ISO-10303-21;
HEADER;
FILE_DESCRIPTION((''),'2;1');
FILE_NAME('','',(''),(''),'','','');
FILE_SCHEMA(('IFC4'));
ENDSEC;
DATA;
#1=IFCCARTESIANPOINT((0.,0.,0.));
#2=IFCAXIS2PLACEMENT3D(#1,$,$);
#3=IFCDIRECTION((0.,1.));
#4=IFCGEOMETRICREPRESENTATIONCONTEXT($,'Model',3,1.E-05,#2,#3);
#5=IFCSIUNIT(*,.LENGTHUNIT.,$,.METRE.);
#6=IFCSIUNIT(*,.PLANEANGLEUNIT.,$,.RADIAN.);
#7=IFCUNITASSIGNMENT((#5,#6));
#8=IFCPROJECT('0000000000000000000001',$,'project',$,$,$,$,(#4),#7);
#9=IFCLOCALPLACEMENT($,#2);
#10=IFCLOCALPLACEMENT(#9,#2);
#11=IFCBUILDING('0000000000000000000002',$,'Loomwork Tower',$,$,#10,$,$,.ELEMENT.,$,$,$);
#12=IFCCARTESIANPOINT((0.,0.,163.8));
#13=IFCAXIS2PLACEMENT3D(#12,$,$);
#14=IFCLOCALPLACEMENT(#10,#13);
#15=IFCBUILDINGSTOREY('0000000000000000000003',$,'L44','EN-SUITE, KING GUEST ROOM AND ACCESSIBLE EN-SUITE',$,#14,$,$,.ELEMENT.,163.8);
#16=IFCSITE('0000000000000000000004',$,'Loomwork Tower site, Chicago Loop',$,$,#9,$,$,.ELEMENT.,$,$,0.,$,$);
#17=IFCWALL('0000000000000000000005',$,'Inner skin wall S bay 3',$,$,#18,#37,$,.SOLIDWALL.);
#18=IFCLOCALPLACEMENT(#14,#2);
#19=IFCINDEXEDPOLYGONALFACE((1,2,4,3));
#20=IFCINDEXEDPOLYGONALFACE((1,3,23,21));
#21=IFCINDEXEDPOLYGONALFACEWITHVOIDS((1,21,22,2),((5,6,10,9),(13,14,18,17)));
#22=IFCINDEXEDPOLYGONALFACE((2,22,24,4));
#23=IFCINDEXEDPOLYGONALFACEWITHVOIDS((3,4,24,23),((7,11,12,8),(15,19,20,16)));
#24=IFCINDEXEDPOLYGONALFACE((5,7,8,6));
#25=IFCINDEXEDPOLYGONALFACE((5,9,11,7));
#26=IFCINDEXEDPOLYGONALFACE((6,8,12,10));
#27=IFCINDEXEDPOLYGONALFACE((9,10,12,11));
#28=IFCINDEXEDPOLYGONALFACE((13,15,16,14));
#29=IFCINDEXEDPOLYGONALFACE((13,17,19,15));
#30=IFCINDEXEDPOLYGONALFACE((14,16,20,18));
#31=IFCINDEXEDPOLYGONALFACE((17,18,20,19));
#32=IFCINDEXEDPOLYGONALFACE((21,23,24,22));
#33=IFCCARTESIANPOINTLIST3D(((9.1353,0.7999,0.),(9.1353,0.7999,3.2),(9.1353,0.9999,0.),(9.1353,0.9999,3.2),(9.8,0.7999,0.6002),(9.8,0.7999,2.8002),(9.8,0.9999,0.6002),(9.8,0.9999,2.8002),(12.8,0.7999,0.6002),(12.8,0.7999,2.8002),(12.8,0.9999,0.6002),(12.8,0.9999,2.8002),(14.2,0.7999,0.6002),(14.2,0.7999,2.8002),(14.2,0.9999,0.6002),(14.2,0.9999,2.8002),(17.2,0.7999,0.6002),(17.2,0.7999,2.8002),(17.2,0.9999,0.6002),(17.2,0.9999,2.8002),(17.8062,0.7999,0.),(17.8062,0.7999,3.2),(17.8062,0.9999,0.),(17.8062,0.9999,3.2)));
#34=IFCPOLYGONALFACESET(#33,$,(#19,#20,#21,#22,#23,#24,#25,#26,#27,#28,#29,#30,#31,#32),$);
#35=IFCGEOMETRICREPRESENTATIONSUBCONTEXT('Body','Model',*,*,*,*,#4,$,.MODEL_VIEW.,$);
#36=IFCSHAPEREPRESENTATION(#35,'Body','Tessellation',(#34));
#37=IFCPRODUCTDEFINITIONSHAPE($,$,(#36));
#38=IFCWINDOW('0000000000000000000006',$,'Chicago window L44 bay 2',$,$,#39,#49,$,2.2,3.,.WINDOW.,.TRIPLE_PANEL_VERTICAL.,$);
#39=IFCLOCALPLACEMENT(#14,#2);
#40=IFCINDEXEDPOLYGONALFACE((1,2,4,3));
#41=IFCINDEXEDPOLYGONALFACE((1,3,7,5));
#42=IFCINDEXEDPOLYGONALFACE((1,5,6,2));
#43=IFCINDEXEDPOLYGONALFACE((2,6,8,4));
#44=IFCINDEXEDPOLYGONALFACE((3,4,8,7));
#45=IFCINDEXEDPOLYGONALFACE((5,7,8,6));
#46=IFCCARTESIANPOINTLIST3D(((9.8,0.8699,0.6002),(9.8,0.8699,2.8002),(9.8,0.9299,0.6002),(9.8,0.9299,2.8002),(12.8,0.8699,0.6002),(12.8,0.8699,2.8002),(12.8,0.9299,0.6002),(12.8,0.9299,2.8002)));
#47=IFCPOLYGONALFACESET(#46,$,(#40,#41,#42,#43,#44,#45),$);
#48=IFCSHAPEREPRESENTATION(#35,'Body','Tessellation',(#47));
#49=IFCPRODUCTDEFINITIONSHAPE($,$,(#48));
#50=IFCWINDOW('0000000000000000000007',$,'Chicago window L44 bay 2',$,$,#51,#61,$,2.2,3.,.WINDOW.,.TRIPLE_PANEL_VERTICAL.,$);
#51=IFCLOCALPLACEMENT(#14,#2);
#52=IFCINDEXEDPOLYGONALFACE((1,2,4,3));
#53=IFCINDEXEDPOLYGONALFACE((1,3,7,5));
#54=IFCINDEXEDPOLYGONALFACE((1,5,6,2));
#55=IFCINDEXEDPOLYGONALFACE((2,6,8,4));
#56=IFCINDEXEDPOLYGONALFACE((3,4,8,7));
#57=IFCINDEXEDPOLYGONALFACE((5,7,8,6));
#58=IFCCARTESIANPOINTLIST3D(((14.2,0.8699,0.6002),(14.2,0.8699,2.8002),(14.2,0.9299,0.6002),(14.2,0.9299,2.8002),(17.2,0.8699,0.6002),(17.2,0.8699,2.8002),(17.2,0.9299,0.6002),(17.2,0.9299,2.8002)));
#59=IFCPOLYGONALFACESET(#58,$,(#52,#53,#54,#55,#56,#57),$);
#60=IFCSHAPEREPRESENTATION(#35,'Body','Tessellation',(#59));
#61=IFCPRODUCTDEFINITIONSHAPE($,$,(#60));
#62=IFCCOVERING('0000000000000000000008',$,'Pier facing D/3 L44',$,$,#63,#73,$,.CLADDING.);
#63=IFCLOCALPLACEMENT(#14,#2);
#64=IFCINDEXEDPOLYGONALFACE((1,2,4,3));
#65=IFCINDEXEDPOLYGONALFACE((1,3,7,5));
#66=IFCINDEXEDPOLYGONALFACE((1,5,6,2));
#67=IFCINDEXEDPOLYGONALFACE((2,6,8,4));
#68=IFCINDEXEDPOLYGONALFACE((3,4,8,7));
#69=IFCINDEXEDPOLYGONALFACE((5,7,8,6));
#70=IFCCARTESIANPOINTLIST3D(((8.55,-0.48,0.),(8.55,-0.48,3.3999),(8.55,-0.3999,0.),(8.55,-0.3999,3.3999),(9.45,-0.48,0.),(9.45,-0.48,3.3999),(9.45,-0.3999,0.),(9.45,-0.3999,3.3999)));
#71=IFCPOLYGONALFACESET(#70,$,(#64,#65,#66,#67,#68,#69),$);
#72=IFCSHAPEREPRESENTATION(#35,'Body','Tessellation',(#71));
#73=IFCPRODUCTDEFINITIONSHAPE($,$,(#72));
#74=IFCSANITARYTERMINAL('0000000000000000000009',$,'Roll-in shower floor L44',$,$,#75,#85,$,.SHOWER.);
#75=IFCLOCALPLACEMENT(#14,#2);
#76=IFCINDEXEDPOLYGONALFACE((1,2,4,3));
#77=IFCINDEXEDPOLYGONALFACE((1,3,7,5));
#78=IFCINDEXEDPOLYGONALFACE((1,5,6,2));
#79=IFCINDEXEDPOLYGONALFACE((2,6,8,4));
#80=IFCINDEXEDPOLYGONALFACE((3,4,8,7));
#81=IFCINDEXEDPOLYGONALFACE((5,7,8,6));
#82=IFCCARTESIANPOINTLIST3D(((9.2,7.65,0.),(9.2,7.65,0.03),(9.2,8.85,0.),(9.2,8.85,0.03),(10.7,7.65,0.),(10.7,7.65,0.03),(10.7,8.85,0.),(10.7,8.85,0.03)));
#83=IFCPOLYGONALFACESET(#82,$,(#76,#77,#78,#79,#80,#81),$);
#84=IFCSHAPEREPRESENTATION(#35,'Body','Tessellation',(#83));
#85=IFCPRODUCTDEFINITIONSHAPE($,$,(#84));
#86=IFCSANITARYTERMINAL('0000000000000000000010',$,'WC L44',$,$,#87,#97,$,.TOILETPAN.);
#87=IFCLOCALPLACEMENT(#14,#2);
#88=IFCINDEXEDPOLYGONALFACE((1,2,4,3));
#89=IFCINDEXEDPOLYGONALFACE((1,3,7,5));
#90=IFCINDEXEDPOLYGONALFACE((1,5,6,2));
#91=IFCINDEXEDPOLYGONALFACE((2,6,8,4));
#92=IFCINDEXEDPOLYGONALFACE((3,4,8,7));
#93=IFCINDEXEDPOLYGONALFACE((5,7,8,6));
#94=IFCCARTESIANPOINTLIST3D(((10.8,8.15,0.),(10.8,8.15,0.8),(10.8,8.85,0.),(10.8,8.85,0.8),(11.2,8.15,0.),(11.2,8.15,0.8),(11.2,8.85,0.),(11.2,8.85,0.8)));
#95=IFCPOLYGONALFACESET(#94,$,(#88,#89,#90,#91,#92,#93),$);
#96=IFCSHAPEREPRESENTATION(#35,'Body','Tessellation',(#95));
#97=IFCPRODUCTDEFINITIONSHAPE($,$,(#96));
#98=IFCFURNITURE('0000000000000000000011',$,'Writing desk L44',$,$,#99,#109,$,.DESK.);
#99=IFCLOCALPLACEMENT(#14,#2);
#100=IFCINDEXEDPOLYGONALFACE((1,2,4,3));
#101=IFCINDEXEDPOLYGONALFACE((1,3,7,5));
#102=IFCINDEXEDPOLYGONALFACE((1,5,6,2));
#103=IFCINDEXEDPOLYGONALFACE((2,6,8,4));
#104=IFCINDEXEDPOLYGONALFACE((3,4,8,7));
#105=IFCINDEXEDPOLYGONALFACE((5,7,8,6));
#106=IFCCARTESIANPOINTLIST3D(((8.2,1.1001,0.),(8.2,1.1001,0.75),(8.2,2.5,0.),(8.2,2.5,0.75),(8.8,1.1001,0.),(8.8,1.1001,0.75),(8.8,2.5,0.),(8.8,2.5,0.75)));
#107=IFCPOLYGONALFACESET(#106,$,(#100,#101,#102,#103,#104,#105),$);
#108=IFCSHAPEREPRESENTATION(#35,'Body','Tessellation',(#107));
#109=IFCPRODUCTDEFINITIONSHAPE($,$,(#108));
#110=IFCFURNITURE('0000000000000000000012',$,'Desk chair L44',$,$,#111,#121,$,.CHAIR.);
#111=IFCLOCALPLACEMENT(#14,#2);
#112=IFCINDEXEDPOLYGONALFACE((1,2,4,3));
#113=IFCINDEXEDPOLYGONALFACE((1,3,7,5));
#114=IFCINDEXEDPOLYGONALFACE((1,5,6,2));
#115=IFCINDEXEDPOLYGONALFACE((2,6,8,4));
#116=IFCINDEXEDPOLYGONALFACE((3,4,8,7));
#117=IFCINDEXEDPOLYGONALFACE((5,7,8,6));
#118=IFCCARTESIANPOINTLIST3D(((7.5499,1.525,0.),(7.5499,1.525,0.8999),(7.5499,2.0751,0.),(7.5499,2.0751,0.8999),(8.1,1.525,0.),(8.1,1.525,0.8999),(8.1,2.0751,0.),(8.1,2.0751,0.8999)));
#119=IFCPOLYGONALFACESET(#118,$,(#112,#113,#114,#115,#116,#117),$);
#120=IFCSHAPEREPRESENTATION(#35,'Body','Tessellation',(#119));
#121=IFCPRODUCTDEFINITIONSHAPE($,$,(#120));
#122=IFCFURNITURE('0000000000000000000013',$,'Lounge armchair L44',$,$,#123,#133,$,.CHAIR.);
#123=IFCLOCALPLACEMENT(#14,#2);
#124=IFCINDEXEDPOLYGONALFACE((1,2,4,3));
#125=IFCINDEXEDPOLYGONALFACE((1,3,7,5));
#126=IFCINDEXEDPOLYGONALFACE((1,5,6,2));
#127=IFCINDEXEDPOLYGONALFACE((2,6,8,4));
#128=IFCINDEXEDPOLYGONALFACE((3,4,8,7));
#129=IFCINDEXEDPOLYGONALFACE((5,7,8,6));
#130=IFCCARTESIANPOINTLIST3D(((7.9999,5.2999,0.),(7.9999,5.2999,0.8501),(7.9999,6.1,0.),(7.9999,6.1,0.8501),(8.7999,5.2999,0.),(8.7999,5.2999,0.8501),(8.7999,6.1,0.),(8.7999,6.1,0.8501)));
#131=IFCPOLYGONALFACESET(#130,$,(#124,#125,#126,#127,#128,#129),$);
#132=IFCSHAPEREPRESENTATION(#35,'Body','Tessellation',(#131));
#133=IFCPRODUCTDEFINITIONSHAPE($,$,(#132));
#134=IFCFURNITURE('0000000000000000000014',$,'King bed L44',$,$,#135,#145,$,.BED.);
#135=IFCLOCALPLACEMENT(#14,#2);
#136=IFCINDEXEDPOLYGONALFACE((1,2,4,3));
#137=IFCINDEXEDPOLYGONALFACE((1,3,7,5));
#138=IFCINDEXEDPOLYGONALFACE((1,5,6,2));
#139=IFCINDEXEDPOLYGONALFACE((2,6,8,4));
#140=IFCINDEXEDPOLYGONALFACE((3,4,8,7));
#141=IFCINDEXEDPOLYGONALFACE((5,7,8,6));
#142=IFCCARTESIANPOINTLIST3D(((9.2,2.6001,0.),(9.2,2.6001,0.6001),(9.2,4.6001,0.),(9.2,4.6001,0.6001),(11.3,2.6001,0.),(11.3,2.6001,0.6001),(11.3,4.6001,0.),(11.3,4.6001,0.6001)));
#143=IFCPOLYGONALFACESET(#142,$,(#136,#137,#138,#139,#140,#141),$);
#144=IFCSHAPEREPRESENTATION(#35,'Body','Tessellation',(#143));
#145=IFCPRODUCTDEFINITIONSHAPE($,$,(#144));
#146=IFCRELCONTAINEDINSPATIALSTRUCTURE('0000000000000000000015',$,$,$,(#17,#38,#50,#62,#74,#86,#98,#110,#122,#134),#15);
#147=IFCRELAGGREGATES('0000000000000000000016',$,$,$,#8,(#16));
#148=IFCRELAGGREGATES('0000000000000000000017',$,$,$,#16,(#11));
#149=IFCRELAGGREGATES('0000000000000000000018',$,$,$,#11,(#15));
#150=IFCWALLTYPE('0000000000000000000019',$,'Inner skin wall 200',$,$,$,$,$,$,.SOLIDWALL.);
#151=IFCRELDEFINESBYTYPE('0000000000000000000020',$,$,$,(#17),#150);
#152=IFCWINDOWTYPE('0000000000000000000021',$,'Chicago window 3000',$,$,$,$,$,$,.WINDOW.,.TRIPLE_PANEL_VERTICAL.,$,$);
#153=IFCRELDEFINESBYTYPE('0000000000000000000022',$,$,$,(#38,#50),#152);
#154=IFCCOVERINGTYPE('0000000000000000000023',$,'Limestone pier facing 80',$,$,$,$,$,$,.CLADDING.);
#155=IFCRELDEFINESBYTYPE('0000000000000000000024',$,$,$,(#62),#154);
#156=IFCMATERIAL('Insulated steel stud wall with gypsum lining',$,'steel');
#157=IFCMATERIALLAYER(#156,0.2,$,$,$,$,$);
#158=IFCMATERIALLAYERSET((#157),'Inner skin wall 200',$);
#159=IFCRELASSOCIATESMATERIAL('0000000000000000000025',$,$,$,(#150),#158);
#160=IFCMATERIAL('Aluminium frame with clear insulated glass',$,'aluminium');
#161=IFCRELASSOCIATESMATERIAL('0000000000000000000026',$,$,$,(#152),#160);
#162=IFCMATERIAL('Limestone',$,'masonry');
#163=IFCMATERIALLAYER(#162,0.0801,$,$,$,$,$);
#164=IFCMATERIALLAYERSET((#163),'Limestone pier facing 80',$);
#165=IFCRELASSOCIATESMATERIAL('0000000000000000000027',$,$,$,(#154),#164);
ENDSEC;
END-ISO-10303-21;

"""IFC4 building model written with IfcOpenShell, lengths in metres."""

from ifc_helpers import new_model, si_unit, direction, frame, frame_2d, origin, origin_2d, place, context, subcontext, project, spatial, rectangle, extrude, material, layer, layer_set, type_object, element, fill, save


model = new_model("IFC4")

# Units and contexts
model_context = context("Model", 3, precision=1e-05, world=origin(), true_north=direction((0.0, 1.0)))
body_context = subcontext(model_context, "Body", "Model", "MODEL_VIEW")
ifc_project = project(units=[si_unit("LENGTHUNIT", "METRE"), si_unit("PLANEANGLEUNIT", "RADIAN")], contexts=[model_context])

# Site, building, storey
site_placement = place(None, origin())
site = spatial("IfcSite", under=ifc_project, at=site_placement, Name="Loomwork Tower site, Chicago Loop", CompositionType="ELEMENT", RefElevation=0.0)
building_placement = place(site_placement, origin())
building = spatial("IfcBuilding", under=site, at=building_placement, Name="Loomwork Tower", CompositionType="ELEMENT")
storey_placement = place(building_placement, frame((0.0, 0.0, 163.8)))
storey = spatial("IfcBuildingStorey", under=building, at=storey_placement, Name="L44", Description="EN-SUITE, KING GUEST ROOM AND ACCESSIBLE EN-SUITE", CompositionType="ELEMENT", Elevation=163.8)

# Shared definitions
ifc_material_1 = material(Name="Insulated steel stud wall with gypsum lining", Category="steel")
ifc_layer_1 = layer(ifc_material_1, 0.2)
ifc_layer_set_1 = layer_set([ifc_layer_1], Name="Inner skin wall 200")
wall_type_1 = type_object("IfcWallType", Name="Inner skin wall 200", PredefinedType="SOLIDWALL", material=ifc_layer_set_1)

# Wall, openings, windows
wall_1_placement = place(storey_placement, frame((9.1353, 0.8999, 0.0), z_axis=(0.0, 0.0, 1.0), x_axis=(1.0, 0.0, 0.0)))
wall_1 = element("IfcWall", 1, at=wall_1_placement, inside=storey, type_object=wall_type_1, Name="Inner skin wall S bay 3", PredefinedType="SOLIDWALL", context=body_context, shape_type="SweptSolid", body=[
    extrude(rectangle(XDim=8.6709, YDim=0.2, at=frame_2d((4.3354, 0.0))), origin(), (0.0, 0.0, 1.0), 3.2),
])
opening_1_placement = place(wall_1_placement, frame((0.6648, 0.0, 0.6001)))
opening_1 = element("IfcOpeningElement", 2, at=opening_1_placement, cuts=wall_1, PredefinedType="OPENING", context=body_context, shape_type="SweptSolid", body=[
    extrude(rectangle(XDim=3.0, YDim=2.2, at=frame_2d((1.5, 1.1001))), frame((0.0, 0.1099, 0.0), z_axis=(0.0, -1.0, 0.0), x_axis=(1.0, 0.0, 0.0)), (0.0, 0.0, 1.0), 0.22),
])
opening_2_placement = place(wall_1_placement, frame((5.0647, 0.0, 0.6001)))
opening_2 = element("IfcOpeningElement", 3, at=opening_2_placement, cuts=wall_1, PredefinedType="OPENING", context=body_context, shape_type="SweptSolid", body=[
    extrude(rectangle(XDim=3.0, YDim=2.2, at=frame_2d((1.5, 1.1001))), frame((0.0, 0.1099, 0.0), z_axis=(0.0, -1.0, 0.0), x_axis=(1.0, 0.0, 0.0)), (0.0, 0.0, 1.0), 0.22),
])
ifc_material_2 = material(Name="Aluminium frame with clear insulated glass", Category="aluminium")
window_type = type_object("IfcWindowType", Name="Chicago window 3000", PartitioningType="TRIPLE_PANEL_VERTICAL", PredefinedType="WINDOW", material=ifc_material_2)
window_1_placement = place(opening_1_placement, origin())
window_1 = element("IfcWindow", 4, at=window_1_placement, inside=storey, type_object=window_type, Name="Chicago window L44 bay 2", OverallHeight=2.2, OverallWidth=3.0, PartitioningType="TRIPLE_PANEL_VERTICAL", PredefinedType="WINDOW", context=body_context, shape_type="SweptSolid", body=[
    extrude(rectangle(XDim=3.0, YDim=2.2, at=frame_2d((1.5, 1.1001))), frame((0.0, 0.03, 0.0), z_axis=(0.0, -1.0, 0.0), x_axis=(1.0, 0.0, 0.0)), (0.0, 0.0, 1.0), 0.0601),
])
fill(opening_1, window_1)
window_2_placement = place(opening_2_placement, origin())
window_2 = element("IfcWindow", 5, at=window_2_placement, inside=storey, type_object=window_type, Name="Chicago window L44 bay 2", OverallHeight=2.2, OverallWidth=3.0, PartitioningType="TRIPLE_PANEL_VERTICAL", PredefinedType="WINDOW", context=body_context, shape_type="SweptSolid", body=[
    extrude(rectangle(XDim=3.0, YDim=2.2, at=frame_2d((1.5, 1.1001))), frame((0.0, 0.03, 0.0), z_axis=(0.0, -1.0, 0.0), x_axis=(1.0, 0.0, 0.0)), (0.0, 0.0, 1.0), 0.0601),
])
fill(opening_2, window_2)

# Covering
ifc_material_3 = material(Name="Limestone", Category="masonry")
ifc_layer_2 = layer(ifc_material_3, 0.0801)
ifc_layer_set_2 = layer_set([ifc_layer_2], Name="Limestone pier facing 80")
covering_type = type_object("IfcCoveringType", Name="Limestone pier facing 80", PredefinedType="CLADDING", material=ifc_layer_set_2)
covering_placement = place(storey_placement, frame((9.0, -0.4399, 0.0), z_axis=(0.0, 0.0, 1.0), x_axis=(1.0, 0.0, 0.0)))
element("IfcCovering", 6, at=covering_placement, inside=storey, type_object=covering_type, Name="Pier facing D/3 L44", PredefinedType="CLADDING", context=body_context, shape_type="SweptSolid", body=[
    extrude(rectangle(XDim=0.8999, YDim=0.0801, at=origin_2d()), origin(), (0.0, 0.0, 1.0), 3.3999),
])

# Sanitary terminals
sanitary_terminal_1_placement = place(storey_placement, frame((9.95, 8.25, 0.0), z_axis=(0.0, 0.0, 1.0), x_axis=(1.0, 0.0, 0.0)))
element("IfcSanitaryTerminal", 7, at=sanitary_terminal_1_placement, inside=storey, Name="Roll-in shower floor L44", PredefinedType="SHOWER", context=body_context, shape_type="SweptSolid", body=[
    extrude(rectangle(XDim=1.5, YDim=1.2, at=origin_2d()), origin(), (0.0, 0.0, 1.0), 0.03),
])
sanitary_terminal_2_placement = place(storey_placement, frame((11.0, 8.5, 0.0), z_axis=(0.0, 0.0, 1.0), x_axis=(1.0, 0.0, 0.0)))
element("IfcSanitaryTerminal", 8, at=sanitary_terminal_2_placement, inside=storey, Name="WC L44", PredefinedType="TOILETPAN", context=body_context, shape_type="SweptSolid", body=[
    extrude(rectangle(XDim=0.3999, YDim=0.7, at=origin_2d()), origin(), (0.0, 0.0, 1.0), 0.8),
])

# Furniture
furniture_1_placement = place(storey_placement, frame((8.5, 1.8, 0.0), z_axis=(0.0, 0.0, 1.0), x_axis=(1.0, 0.0, 0.0)))
element("IfcFurniture", 9, at=furniture_1_placement, inside=storey, Name="Writing desk L44", PredefinedType="DESK", context=body_context, shape_type="SweptSolid", body=[
    extrude(rectangle(XDim=0.6001, YDim=1.3999, at=origin_2d()), origin(), (0.0, 0.0, 1.0), 0.75),
])
furniture_2_placement = place(storey_placement, frame((7.825, 1.8, 0.0), z_axis=(0.0, 0.0, 1.0), x_axis=(1.0, 0.0, 0.0)))
element("IfcFurniture", 10, at=furniture_2_placement, inside=storey, Name="Desk chair L44", PredefinedType="CHAIR", context=body_context, shape_type="SweptSolid", body=[
    extrude(rectangle(XDim=0.55, YDim=0.55, at=origin_2d()), origin(), (0.0, 0.0, 1.0), 0.8999),
])
furniture_3_placement = place(storey_placement, frame((8.3999, 5.7, 0.0), z_axis=(0.0, 0.0, 1.0), x_axis=(1.0, 0.0, 0.0)))
element("IfcFurniture", 11, at=furniture_3_placement, inside=storey, Name="Lounge armchair L44", PredefinedType="CHAIR", context=body_context, shape_type="SweptSolid", body=[
    extrude(rectangle(XDim=0.8, YDim=0.8, at=origin_2d()), origin(), (0.0, 0.0, 1.0), 0.8501),
])
furniture_4_placement = place(storey_placement, frame((10.25, 3.6001, 0.0), z_axis=(0.0, 0.0, 1.0), x_axis=(1.0, 0.0, 0.0)))
element("IfcFurniture", 12, at=furniture_4_placement, inside=storey, Name="King bed L44", PredefinedType="BED", context=body_context, shape_type="SweptSolid", body=[
    extrude(rectangle(XDim=2.1001, YDim=2.0, at=origin_2d()), origin(), (0.0, 0.0, 1.0), 0.6001),
])

save(model, "model.ifc")
